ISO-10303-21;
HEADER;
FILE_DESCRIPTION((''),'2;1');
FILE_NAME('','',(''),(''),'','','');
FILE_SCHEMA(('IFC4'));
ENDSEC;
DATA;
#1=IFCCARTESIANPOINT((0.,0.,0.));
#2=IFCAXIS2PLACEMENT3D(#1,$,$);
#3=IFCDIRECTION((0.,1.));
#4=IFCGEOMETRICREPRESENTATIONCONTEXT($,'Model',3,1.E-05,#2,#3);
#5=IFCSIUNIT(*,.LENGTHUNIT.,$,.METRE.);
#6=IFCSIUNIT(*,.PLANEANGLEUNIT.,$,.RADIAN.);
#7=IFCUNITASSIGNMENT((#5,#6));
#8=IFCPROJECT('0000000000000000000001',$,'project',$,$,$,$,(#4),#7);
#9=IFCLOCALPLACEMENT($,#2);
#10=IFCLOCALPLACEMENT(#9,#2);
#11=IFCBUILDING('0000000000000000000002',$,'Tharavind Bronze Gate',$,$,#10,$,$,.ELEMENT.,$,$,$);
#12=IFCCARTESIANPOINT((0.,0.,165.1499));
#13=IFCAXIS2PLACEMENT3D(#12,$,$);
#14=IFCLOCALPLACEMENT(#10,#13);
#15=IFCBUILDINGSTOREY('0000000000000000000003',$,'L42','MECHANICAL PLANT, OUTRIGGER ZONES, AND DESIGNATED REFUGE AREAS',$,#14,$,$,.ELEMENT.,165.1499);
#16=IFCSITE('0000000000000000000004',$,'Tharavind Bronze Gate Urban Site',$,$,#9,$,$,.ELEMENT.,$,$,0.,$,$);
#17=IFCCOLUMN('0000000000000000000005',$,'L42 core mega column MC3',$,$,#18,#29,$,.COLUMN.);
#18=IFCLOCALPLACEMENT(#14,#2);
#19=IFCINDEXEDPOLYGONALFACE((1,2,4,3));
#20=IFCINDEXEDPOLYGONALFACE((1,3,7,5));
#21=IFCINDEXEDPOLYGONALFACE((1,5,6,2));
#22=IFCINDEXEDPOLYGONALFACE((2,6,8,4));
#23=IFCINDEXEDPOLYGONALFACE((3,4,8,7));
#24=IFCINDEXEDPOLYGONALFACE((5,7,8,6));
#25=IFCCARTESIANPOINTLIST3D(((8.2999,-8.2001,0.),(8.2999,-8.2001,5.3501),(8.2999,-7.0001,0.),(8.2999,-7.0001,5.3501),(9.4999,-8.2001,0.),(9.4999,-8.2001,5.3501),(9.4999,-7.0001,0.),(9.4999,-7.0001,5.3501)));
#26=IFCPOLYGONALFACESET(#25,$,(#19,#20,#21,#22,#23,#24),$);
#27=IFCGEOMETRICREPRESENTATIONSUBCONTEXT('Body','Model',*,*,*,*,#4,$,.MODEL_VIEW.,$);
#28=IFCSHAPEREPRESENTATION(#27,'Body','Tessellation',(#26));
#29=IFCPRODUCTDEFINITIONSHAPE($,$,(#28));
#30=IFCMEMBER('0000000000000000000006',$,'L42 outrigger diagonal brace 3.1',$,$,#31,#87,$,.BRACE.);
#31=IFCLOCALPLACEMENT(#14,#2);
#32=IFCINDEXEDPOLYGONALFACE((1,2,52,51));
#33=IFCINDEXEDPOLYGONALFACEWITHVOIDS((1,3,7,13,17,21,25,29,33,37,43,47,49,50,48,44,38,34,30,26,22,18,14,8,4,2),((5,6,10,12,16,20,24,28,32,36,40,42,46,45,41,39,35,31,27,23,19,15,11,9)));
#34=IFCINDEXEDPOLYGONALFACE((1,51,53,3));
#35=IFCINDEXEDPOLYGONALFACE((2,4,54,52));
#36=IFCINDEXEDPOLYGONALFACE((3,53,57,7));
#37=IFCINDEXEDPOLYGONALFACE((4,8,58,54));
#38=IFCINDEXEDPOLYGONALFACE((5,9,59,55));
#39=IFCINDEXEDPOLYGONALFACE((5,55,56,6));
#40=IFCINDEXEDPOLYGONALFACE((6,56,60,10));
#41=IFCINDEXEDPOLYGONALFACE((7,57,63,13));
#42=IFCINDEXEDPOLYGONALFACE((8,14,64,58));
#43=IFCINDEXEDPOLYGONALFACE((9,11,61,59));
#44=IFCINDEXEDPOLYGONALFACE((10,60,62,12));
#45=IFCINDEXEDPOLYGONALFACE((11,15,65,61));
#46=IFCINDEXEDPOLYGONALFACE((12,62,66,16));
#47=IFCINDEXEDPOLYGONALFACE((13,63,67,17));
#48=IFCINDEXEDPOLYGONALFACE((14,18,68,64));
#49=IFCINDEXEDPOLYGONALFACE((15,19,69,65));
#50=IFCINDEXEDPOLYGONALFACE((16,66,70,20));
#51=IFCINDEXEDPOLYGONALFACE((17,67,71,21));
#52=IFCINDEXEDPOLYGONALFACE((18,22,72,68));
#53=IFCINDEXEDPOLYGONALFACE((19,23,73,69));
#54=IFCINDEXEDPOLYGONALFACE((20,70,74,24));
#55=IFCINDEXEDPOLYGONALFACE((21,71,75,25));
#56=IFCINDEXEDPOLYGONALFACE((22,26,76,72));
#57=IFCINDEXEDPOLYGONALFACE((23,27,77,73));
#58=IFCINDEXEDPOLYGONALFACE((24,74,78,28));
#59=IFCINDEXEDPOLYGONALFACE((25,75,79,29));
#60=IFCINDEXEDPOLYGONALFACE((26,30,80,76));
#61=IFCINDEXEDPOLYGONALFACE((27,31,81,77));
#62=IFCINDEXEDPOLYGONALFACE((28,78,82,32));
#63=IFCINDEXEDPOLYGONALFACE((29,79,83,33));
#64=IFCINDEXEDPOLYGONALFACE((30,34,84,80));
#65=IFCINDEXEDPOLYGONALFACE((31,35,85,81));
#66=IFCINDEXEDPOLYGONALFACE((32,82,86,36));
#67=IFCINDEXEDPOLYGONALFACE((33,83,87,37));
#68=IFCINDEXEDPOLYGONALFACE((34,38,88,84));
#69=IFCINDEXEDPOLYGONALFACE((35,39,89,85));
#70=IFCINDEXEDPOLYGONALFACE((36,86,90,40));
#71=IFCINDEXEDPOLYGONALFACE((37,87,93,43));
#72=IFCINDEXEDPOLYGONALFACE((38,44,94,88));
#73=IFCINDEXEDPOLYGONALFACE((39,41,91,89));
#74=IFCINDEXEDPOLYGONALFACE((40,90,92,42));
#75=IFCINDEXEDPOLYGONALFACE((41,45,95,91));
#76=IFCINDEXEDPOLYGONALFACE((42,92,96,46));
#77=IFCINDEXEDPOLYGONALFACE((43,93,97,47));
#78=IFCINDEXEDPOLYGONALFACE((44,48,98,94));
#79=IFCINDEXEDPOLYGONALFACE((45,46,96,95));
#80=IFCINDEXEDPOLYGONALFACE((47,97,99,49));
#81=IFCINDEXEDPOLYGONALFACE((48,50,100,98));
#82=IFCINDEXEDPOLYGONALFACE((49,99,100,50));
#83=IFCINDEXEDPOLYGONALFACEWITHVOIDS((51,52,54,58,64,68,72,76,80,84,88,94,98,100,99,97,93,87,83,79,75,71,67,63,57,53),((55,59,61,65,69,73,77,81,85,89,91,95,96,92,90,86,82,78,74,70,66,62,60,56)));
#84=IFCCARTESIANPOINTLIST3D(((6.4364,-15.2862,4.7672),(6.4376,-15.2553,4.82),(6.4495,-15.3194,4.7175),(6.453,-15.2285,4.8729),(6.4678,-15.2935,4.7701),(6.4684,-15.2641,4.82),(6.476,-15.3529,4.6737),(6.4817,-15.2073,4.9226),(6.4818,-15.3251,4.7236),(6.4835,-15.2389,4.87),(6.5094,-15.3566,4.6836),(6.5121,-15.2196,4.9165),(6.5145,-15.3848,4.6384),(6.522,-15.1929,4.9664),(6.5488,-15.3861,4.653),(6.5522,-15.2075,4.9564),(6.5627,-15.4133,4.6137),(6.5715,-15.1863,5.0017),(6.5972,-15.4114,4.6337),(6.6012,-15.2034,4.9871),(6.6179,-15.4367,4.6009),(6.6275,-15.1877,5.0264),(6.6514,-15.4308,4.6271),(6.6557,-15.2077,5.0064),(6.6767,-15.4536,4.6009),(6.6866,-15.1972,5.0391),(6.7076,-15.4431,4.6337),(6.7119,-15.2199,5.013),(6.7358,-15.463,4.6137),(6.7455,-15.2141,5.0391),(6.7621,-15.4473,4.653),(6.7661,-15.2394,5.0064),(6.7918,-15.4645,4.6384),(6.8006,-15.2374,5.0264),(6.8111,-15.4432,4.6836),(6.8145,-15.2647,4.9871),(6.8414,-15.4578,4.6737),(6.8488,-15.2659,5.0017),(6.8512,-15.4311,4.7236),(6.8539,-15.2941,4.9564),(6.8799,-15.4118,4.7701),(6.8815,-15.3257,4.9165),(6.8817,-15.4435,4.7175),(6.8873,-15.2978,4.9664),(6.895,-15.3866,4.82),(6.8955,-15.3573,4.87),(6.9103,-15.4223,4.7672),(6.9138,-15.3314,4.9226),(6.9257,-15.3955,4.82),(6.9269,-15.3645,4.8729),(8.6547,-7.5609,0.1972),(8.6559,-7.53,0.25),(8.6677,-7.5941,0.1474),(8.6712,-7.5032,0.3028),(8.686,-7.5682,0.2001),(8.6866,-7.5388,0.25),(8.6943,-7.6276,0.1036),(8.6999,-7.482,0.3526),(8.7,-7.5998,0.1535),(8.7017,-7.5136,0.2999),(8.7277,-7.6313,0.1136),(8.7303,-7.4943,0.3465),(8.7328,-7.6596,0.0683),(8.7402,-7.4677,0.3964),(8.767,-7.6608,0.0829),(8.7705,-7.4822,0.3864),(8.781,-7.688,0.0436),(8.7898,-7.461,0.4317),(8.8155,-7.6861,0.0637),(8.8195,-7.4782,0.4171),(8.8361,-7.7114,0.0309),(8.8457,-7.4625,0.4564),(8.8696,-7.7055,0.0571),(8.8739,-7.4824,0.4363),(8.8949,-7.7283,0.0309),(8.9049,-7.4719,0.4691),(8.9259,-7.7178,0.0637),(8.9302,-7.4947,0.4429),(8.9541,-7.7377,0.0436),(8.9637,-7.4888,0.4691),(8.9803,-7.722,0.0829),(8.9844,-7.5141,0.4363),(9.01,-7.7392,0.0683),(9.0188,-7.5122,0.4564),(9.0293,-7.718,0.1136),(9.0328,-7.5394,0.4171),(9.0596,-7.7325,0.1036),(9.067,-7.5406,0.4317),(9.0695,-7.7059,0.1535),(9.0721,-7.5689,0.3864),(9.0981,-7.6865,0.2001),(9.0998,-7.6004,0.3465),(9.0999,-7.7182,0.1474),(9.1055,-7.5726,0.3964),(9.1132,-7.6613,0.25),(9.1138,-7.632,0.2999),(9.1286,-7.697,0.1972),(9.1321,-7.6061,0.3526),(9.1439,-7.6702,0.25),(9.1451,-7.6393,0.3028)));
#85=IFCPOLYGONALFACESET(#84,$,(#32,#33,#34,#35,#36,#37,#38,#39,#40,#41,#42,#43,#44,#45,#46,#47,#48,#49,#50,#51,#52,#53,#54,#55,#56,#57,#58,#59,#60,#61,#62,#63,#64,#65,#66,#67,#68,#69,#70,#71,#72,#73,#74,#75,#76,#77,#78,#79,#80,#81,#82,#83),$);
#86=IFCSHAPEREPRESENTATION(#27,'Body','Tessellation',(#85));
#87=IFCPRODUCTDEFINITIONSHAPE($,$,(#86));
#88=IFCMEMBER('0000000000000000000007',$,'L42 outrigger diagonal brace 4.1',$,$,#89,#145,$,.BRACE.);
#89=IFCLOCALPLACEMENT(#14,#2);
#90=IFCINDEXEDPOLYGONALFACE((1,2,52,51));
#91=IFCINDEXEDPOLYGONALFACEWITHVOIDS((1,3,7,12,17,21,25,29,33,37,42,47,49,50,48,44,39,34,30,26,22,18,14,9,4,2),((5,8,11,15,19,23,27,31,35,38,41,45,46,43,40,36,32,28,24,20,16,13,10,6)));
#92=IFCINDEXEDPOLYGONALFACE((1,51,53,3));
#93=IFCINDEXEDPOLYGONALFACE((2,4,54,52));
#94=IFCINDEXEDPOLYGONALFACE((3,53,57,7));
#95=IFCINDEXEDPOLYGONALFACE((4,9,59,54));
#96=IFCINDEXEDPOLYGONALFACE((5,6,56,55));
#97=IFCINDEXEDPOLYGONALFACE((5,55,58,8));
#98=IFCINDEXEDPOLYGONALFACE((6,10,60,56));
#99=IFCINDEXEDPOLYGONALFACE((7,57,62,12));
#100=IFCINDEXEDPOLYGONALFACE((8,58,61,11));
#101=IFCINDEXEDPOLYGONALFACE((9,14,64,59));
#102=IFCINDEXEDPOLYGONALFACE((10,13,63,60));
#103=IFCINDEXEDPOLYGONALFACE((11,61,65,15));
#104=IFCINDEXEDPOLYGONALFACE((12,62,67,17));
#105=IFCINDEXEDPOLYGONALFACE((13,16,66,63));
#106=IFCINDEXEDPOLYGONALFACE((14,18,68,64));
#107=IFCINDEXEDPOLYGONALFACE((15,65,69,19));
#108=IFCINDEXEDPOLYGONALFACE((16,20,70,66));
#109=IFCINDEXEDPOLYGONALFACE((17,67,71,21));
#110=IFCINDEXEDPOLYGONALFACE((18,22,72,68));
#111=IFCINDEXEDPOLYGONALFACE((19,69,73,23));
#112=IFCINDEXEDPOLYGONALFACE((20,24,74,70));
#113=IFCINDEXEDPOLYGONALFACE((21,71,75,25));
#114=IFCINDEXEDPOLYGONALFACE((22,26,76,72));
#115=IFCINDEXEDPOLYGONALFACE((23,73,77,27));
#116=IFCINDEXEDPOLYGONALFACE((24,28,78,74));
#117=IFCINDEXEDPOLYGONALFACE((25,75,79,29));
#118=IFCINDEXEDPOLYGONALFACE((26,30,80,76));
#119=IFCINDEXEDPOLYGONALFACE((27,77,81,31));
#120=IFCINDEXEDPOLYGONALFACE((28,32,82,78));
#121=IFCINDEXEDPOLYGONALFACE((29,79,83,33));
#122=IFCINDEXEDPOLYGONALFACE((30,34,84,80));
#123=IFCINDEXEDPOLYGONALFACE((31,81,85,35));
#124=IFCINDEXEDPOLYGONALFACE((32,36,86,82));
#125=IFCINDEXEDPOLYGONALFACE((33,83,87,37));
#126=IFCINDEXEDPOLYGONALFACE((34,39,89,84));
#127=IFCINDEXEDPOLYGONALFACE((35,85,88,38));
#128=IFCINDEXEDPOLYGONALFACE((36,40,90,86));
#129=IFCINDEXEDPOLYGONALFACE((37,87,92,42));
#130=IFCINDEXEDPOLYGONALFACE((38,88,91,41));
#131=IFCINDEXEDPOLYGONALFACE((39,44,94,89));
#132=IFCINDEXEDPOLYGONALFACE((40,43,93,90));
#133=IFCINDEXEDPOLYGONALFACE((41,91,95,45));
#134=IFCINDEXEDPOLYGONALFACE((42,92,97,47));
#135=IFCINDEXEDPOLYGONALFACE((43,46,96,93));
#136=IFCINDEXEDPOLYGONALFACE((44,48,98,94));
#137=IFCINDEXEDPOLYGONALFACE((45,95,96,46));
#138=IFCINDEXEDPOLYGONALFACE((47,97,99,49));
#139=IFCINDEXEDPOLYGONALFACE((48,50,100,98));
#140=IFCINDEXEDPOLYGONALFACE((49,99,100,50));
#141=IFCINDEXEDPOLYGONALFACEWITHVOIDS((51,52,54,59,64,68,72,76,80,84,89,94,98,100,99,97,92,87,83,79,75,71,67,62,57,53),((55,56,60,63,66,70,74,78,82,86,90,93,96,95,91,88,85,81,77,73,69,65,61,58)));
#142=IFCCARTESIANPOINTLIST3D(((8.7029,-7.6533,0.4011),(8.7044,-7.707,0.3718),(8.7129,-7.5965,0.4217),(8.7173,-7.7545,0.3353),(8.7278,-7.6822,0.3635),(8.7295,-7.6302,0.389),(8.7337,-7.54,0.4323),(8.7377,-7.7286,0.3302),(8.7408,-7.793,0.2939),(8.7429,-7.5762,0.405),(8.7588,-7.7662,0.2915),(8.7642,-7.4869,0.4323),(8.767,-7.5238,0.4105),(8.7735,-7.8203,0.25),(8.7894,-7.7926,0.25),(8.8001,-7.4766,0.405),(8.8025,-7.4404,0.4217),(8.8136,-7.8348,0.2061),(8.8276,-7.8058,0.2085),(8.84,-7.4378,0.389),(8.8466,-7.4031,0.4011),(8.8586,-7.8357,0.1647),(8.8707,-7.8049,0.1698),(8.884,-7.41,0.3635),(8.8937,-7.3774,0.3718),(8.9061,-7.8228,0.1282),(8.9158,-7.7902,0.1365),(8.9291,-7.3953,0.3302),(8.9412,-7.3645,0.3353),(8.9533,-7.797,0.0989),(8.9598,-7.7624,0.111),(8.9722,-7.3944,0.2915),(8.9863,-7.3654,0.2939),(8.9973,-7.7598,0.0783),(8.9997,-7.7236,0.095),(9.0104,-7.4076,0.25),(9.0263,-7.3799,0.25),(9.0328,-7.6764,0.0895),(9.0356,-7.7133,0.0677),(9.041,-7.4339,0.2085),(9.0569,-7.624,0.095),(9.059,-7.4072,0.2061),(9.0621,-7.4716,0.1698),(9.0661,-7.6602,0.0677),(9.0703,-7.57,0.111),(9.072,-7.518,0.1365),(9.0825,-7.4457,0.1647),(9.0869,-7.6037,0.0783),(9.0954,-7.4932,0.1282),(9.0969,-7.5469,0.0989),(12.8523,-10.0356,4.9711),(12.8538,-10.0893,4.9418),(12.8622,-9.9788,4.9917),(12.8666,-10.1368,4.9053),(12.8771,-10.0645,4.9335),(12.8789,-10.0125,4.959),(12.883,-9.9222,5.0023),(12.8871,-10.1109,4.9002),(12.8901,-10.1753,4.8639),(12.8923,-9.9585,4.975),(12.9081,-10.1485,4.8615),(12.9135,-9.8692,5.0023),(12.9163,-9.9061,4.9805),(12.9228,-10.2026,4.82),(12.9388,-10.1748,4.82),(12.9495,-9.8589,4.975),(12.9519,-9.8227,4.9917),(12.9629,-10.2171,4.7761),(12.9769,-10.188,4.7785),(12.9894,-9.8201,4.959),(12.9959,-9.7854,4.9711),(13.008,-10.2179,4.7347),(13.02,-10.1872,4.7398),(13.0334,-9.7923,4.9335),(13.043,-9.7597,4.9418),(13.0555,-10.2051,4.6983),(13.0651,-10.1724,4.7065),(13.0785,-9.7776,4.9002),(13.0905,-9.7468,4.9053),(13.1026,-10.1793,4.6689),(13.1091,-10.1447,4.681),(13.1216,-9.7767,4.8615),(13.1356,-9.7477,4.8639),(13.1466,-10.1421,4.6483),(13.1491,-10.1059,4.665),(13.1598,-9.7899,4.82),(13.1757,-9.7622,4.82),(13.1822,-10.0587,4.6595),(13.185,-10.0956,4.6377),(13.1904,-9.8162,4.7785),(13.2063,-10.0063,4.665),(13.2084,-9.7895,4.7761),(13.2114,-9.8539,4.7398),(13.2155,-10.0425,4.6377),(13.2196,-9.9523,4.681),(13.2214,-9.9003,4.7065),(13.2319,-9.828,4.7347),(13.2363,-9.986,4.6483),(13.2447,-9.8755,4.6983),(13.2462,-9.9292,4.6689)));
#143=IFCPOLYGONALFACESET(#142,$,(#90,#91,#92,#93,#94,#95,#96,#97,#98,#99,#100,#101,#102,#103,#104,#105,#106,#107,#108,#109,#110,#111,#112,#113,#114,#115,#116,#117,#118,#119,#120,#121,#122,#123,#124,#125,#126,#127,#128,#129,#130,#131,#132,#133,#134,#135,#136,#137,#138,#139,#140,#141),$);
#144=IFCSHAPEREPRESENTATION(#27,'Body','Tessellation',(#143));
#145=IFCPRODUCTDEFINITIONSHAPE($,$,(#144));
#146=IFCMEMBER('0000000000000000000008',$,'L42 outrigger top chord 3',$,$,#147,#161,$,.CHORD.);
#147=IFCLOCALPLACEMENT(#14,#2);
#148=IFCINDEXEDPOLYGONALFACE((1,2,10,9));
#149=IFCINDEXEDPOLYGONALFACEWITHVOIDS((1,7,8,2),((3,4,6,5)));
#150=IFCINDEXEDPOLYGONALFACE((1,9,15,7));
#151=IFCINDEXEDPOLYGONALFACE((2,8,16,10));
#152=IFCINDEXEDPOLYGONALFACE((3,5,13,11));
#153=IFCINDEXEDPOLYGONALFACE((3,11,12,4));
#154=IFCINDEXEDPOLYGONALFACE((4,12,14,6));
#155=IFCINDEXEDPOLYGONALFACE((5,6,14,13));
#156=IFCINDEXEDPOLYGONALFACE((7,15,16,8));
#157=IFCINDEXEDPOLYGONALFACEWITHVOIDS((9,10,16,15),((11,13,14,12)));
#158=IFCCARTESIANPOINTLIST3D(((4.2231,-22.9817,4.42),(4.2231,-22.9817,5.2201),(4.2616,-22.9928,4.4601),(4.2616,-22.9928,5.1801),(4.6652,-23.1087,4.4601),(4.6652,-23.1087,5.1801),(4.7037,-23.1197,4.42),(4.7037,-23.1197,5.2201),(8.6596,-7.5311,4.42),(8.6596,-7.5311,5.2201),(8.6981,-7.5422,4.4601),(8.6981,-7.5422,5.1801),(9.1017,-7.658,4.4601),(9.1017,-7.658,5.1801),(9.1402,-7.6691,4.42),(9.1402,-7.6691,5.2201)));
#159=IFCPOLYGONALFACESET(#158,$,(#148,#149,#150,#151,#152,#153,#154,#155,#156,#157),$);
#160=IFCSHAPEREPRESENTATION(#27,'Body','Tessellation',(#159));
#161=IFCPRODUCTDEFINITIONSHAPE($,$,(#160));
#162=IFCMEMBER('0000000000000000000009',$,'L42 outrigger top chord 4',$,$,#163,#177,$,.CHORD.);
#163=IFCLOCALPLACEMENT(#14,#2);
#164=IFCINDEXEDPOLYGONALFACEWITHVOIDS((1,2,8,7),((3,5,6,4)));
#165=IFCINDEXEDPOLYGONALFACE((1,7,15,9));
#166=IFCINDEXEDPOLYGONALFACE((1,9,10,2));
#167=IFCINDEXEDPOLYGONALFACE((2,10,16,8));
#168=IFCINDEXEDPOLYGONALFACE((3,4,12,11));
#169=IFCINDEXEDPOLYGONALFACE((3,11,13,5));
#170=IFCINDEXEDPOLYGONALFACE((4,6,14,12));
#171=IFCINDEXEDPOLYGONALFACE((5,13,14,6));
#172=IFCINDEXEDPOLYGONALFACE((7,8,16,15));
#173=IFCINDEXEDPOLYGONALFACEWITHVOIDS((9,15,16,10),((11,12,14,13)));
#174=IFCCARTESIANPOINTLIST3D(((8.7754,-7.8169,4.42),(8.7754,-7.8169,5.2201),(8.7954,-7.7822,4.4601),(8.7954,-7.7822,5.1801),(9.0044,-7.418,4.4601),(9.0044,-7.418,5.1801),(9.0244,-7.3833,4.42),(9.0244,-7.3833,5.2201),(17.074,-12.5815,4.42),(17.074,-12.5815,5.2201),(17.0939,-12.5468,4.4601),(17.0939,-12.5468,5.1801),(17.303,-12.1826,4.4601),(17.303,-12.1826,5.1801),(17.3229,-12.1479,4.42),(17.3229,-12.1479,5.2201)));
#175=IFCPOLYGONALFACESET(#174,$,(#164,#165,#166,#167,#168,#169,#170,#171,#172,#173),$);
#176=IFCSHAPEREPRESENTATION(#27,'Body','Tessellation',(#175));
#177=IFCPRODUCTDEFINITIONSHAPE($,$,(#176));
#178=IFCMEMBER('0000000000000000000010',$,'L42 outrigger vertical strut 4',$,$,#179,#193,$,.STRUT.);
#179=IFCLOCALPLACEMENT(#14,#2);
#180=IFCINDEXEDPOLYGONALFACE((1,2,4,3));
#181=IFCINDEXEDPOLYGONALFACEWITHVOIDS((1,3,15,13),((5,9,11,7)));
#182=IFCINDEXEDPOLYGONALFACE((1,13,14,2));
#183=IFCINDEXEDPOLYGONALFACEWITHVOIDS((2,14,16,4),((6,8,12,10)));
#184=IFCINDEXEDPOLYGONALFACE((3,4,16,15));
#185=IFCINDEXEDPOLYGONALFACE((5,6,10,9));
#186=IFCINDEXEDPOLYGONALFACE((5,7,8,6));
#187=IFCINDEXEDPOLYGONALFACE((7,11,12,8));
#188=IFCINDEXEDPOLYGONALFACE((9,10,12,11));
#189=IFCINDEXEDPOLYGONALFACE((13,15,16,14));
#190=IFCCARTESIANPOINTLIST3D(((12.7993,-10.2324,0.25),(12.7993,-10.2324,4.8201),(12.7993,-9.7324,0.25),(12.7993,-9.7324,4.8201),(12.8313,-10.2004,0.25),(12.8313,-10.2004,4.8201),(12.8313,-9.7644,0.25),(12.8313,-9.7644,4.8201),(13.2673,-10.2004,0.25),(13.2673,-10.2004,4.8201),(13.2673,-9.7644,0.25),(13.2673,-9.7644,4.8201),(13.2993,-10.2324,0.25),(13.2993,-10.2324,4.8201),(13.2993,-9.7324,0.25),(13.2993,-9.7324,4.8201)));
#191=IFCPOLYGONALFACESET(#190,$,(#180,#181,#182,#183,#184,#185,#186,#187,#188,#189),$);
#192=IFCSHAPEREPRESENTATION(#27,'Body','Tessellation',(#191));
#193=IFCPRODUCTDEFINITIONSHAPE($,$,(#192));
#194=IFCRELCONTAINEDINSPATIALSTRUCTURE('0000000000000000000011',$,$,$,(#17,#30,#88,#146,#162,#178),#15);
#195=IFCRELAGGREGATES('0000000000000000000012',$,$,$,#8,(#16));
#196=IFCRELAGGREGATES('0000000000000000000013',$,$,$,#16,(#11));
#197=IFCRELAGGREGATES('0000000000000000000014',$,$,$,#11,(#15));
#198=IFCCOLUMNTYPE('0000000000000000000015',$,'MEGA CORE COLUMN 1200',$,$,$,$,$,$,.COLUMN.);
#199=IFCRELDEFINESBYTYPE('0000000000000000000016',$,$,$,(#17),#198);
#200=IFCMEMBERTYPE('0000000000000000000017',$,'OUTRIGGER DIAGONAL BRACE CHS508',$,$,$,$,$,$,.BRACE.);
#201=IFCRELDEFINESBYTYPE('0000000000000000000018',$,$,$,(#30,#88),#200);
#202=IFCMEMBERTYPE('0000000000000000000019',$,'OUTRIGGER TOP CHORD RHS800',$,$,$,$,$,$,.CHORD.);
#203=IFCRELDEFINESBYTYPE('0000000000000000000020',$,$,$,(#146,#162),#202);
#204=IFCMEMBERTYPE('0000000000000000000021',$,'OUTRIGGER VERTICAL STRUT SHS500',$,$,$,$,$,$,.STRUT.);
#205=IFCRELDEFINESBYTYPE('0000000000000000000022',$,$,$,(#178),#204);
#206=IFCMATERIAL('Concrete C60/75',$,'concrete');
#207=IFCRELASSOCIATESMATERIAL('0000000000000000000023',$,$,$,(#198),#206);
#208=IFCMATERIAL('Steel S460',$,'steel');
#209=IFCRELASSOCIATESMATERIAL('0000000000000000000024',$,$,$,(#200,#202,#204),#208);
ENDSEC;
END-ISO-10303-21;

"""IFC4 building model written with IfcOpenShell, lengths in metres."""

from ifc_helpers import new_model, si_unit, direction, frame, origin, origin_2d, place, context, subcontext, project, spatial, rectangle, hollow_rectangle, hollow_circle, extrude, material, material_profile, profile_set, type_object, element, save


model = new_model("IFC4")

# Units and contexts
model_context = context("Model", 3, precision=1e-05, world=origin(), true_north=direction((0.0, 1.0)))
body_context = subcontext(model_context, "Body", "Model", "MODEL_VIEW")
ifc_project = project(units=[si_unit("LENGTHUNIT", "METRE"), si_unit("PLANEANGLEUNIT", "RADIAN")], contexts=[model_context])

# Site, building, storey
site_placement = place(None, origin())
site = spatial("IfcSite", under=ifc_project, at=site_placement, Name="Tharavind Bronze Gate Urban Site", CompositionType="ELEMENT", RefElevation=0.0)
building_placement = place(site_placement, origin())
building = spatial("IfcBuilding", under=site, at=building_placement, Name="Tharavind Bronze Gate", CompositionType="ELEMENT")
storey_placement = place(building_placement, frame((0.0, 0.0, 165.1499)))
storey = spatial("IfcBuildingStorey", under=building, at=storey_placement, Name="L42", Description="MECHANICAL PLANT, OUTRIGGER ZONES, AND DESIGNATED REFUGE AREAS", CompositionType="ELEMENT", Elevation=165.1499)

# Column
ifc_material_1 = material(Name="Concrete C60/75", Category="concrete")
ifc_material_profile_1 = material_profile(ifc_material_1, rectangle(XDim=1.2, YDim=1.2, at=origin_2d()), Name="RCCOL1200")
ifc_profile_set_1 = profile_set([ifc_material_profile_1], Name="Concrete C60/75")
column_type = type_object("IfcColumnType", Name="MEGA CORE COLUMN 1200", PredefinedType="COLUMN", material=ifc_profile_set_1)
column_placement = place(storey_placement, frame((8.8999, -7.6001, 0.0), z_axis=(0.0, 0.0, 1.0), x_axis=(1.0, 0.0, 0.0)))
element("IfcColumn", 1, at=column_placement, inside=storey, type_object=column_type, Name="L42 core mega column MC3", PredefinedType="COLUMN", context=body_context, shape_type="SweptSolid", body=[
    extrude(rectangle(XDim=1.2, YDim=1.2, at=origin_2d()), origin(), (0.0, 0.0, 1.0), 5.3501),
])

# Members
ifc_material_2 = material(Name="Steel S460", Category="steel")
ifc_material_profile_2 = material_profile(ifc_material_2, hollow_circle(Radius=0.2539, WallThickness=0.032, at=origin_2d()), Name="CHS508X32")
ifc_profile_set_2 = profile_set([ifc_material_profile_2], Name="Steel S460")
member_type_1 = type_object("IfcMemberType", Name="OUTRIGGER DIAGONAL BRACE CHS508", PredefinedType="BRACE", material=ifc_profile_set_2)
member_1_placement = place(storey_placement, frame((8.8999, -7.6001, 0.25), z_axis=(-0.239918, -0.83554, 0.494279), x_axis=(0.961161, -0.275989, 0.0)))
element("IfcMember", 2, at=member_1_placement, inside=storey, type_object=member_type_1, Name="L42 outrigger diagonal brace 3.1", PredefinedType="BRACE", context=body_context, shape_type="SweptSolid", body=[
    extrude(hollow_circle(Radius=0.2539, WallThickness=0.032, at=origin_2d()), origin(), (0.0, 0.0, 1.0), 9.2458),
])
member_2_placement = place(storey_placement, frame((8.8999, -7.6001, 0.25), z_axis=(0.627127, -0.360056, 0.690703), x_axis=(0.497907, 0.86723, 0.0)))
element("IfcMember", 3, at=member_2_placement, inside=storey, type_object=member_type_1, Name="L42 outrigger diagonal brace 4.1", PredefinedType="BRACE", context=body_context, shape_type="SweptSolid", body=[
    extrude(hollow_circle(Radius=0.2539, WallThickness=0.032, at=origin_2d()), origin(), (0.0, 0.0, 1.0), 6.6165),
])
ifc_material_profile_3 = material_profile(ifc_material_2, hollow_rectangle(XDim=0.5, YDim=0.8, WallThickness=0.04, at=origin_2d()), Name="RHS800X500X40")
ifc_profile_set_3 = profile_set([ifc_material_profile_3], Name="Steel S460")
member_type_2 = type_object("IfcMemberType", Name="OUTRIGGER TOP CHORD RHS800", PredefinedType="CHORD", material=ifc_profile_set_3)
member_3_placement = place(storey_placement, frame((8.8999, -7.6001, 4.8201), z_axis=(-0.275989, -0.961161, 0.0), x_axis=(0.961161, -0.275989, 0.0)))
element("IfcMember", 4, at=member_3_placement, inside=storey, type_object=member_type_2, Name="L42 outrigger top chord 3", PredefinedType="CHORD", context=body_context, shape_type="SweptSolid", body=[
    extrude(hollow_rectangle(XDim=0.5, YDim=0.8, WallThickness=0.04, at=origin_2d()), origin(), (0.0, 0.0, 1.0), 16.075),
])
member_4_placement = place(storey_placement, frame((8.8999, -7.6001, 4.8201), z_axis=(0.867224, -0.497918, 0.0), x_axis=(0.497918, 0.867224, 0.0)))
element("IfcMember", 5, at=member_4_placement, inside=storey, type_object=member_type_2, Name="L42 outrigger top chord 4", PredefinedType="CHORD", context=body_context, shape_type="SweptSolid", body=[
    extrude(hollow_rectangle(XDim=0.5, YDim=0.8, WallThickness=0.04, at=origin_2d()), origin(), (0.0, 0.0, 1.0), 9.5691),
])
ifc_material_profile_4 = material_profile(ifc_material_2, hollow_rectangle(XDim=0.5, YDim=0.5, WallThickness=0.032, at=origin_2d()), Name="SHS500X32")
ifc_profile_set_4 = profile_set([ifc_material_profile_4], Name="Steel S460")
member_type_3 = type_object("IfcMemberType", Name="OUTRIGGER VERTICAL STRUT SHS500", PredefinedType="STRUT", material=ifc_profile_set_4)
member_5_placement = place(storey_placement, frame((13.0493, -9.9824, 0.25), z_axis=(0.0, 0.0, 1.0), x_axis=(1.0, 0.0, 0.0)))
element("IfcMember", 6, at=member_5_placement, inside=storey, type_object=member_type_3, Name="L42 outrigger vertical strut 4", PredefinedType="STRUT", context=body_context, shape_type="SweptSolid", body=[
    extrude(hollow_rectangle(XDim=0.5, YDim=0.5, WallThickness=0.032, at=origin_2d()), origin(), (0.0, 0.0, 1.0), 4.5701),
])

save(model, "model.ifc")
